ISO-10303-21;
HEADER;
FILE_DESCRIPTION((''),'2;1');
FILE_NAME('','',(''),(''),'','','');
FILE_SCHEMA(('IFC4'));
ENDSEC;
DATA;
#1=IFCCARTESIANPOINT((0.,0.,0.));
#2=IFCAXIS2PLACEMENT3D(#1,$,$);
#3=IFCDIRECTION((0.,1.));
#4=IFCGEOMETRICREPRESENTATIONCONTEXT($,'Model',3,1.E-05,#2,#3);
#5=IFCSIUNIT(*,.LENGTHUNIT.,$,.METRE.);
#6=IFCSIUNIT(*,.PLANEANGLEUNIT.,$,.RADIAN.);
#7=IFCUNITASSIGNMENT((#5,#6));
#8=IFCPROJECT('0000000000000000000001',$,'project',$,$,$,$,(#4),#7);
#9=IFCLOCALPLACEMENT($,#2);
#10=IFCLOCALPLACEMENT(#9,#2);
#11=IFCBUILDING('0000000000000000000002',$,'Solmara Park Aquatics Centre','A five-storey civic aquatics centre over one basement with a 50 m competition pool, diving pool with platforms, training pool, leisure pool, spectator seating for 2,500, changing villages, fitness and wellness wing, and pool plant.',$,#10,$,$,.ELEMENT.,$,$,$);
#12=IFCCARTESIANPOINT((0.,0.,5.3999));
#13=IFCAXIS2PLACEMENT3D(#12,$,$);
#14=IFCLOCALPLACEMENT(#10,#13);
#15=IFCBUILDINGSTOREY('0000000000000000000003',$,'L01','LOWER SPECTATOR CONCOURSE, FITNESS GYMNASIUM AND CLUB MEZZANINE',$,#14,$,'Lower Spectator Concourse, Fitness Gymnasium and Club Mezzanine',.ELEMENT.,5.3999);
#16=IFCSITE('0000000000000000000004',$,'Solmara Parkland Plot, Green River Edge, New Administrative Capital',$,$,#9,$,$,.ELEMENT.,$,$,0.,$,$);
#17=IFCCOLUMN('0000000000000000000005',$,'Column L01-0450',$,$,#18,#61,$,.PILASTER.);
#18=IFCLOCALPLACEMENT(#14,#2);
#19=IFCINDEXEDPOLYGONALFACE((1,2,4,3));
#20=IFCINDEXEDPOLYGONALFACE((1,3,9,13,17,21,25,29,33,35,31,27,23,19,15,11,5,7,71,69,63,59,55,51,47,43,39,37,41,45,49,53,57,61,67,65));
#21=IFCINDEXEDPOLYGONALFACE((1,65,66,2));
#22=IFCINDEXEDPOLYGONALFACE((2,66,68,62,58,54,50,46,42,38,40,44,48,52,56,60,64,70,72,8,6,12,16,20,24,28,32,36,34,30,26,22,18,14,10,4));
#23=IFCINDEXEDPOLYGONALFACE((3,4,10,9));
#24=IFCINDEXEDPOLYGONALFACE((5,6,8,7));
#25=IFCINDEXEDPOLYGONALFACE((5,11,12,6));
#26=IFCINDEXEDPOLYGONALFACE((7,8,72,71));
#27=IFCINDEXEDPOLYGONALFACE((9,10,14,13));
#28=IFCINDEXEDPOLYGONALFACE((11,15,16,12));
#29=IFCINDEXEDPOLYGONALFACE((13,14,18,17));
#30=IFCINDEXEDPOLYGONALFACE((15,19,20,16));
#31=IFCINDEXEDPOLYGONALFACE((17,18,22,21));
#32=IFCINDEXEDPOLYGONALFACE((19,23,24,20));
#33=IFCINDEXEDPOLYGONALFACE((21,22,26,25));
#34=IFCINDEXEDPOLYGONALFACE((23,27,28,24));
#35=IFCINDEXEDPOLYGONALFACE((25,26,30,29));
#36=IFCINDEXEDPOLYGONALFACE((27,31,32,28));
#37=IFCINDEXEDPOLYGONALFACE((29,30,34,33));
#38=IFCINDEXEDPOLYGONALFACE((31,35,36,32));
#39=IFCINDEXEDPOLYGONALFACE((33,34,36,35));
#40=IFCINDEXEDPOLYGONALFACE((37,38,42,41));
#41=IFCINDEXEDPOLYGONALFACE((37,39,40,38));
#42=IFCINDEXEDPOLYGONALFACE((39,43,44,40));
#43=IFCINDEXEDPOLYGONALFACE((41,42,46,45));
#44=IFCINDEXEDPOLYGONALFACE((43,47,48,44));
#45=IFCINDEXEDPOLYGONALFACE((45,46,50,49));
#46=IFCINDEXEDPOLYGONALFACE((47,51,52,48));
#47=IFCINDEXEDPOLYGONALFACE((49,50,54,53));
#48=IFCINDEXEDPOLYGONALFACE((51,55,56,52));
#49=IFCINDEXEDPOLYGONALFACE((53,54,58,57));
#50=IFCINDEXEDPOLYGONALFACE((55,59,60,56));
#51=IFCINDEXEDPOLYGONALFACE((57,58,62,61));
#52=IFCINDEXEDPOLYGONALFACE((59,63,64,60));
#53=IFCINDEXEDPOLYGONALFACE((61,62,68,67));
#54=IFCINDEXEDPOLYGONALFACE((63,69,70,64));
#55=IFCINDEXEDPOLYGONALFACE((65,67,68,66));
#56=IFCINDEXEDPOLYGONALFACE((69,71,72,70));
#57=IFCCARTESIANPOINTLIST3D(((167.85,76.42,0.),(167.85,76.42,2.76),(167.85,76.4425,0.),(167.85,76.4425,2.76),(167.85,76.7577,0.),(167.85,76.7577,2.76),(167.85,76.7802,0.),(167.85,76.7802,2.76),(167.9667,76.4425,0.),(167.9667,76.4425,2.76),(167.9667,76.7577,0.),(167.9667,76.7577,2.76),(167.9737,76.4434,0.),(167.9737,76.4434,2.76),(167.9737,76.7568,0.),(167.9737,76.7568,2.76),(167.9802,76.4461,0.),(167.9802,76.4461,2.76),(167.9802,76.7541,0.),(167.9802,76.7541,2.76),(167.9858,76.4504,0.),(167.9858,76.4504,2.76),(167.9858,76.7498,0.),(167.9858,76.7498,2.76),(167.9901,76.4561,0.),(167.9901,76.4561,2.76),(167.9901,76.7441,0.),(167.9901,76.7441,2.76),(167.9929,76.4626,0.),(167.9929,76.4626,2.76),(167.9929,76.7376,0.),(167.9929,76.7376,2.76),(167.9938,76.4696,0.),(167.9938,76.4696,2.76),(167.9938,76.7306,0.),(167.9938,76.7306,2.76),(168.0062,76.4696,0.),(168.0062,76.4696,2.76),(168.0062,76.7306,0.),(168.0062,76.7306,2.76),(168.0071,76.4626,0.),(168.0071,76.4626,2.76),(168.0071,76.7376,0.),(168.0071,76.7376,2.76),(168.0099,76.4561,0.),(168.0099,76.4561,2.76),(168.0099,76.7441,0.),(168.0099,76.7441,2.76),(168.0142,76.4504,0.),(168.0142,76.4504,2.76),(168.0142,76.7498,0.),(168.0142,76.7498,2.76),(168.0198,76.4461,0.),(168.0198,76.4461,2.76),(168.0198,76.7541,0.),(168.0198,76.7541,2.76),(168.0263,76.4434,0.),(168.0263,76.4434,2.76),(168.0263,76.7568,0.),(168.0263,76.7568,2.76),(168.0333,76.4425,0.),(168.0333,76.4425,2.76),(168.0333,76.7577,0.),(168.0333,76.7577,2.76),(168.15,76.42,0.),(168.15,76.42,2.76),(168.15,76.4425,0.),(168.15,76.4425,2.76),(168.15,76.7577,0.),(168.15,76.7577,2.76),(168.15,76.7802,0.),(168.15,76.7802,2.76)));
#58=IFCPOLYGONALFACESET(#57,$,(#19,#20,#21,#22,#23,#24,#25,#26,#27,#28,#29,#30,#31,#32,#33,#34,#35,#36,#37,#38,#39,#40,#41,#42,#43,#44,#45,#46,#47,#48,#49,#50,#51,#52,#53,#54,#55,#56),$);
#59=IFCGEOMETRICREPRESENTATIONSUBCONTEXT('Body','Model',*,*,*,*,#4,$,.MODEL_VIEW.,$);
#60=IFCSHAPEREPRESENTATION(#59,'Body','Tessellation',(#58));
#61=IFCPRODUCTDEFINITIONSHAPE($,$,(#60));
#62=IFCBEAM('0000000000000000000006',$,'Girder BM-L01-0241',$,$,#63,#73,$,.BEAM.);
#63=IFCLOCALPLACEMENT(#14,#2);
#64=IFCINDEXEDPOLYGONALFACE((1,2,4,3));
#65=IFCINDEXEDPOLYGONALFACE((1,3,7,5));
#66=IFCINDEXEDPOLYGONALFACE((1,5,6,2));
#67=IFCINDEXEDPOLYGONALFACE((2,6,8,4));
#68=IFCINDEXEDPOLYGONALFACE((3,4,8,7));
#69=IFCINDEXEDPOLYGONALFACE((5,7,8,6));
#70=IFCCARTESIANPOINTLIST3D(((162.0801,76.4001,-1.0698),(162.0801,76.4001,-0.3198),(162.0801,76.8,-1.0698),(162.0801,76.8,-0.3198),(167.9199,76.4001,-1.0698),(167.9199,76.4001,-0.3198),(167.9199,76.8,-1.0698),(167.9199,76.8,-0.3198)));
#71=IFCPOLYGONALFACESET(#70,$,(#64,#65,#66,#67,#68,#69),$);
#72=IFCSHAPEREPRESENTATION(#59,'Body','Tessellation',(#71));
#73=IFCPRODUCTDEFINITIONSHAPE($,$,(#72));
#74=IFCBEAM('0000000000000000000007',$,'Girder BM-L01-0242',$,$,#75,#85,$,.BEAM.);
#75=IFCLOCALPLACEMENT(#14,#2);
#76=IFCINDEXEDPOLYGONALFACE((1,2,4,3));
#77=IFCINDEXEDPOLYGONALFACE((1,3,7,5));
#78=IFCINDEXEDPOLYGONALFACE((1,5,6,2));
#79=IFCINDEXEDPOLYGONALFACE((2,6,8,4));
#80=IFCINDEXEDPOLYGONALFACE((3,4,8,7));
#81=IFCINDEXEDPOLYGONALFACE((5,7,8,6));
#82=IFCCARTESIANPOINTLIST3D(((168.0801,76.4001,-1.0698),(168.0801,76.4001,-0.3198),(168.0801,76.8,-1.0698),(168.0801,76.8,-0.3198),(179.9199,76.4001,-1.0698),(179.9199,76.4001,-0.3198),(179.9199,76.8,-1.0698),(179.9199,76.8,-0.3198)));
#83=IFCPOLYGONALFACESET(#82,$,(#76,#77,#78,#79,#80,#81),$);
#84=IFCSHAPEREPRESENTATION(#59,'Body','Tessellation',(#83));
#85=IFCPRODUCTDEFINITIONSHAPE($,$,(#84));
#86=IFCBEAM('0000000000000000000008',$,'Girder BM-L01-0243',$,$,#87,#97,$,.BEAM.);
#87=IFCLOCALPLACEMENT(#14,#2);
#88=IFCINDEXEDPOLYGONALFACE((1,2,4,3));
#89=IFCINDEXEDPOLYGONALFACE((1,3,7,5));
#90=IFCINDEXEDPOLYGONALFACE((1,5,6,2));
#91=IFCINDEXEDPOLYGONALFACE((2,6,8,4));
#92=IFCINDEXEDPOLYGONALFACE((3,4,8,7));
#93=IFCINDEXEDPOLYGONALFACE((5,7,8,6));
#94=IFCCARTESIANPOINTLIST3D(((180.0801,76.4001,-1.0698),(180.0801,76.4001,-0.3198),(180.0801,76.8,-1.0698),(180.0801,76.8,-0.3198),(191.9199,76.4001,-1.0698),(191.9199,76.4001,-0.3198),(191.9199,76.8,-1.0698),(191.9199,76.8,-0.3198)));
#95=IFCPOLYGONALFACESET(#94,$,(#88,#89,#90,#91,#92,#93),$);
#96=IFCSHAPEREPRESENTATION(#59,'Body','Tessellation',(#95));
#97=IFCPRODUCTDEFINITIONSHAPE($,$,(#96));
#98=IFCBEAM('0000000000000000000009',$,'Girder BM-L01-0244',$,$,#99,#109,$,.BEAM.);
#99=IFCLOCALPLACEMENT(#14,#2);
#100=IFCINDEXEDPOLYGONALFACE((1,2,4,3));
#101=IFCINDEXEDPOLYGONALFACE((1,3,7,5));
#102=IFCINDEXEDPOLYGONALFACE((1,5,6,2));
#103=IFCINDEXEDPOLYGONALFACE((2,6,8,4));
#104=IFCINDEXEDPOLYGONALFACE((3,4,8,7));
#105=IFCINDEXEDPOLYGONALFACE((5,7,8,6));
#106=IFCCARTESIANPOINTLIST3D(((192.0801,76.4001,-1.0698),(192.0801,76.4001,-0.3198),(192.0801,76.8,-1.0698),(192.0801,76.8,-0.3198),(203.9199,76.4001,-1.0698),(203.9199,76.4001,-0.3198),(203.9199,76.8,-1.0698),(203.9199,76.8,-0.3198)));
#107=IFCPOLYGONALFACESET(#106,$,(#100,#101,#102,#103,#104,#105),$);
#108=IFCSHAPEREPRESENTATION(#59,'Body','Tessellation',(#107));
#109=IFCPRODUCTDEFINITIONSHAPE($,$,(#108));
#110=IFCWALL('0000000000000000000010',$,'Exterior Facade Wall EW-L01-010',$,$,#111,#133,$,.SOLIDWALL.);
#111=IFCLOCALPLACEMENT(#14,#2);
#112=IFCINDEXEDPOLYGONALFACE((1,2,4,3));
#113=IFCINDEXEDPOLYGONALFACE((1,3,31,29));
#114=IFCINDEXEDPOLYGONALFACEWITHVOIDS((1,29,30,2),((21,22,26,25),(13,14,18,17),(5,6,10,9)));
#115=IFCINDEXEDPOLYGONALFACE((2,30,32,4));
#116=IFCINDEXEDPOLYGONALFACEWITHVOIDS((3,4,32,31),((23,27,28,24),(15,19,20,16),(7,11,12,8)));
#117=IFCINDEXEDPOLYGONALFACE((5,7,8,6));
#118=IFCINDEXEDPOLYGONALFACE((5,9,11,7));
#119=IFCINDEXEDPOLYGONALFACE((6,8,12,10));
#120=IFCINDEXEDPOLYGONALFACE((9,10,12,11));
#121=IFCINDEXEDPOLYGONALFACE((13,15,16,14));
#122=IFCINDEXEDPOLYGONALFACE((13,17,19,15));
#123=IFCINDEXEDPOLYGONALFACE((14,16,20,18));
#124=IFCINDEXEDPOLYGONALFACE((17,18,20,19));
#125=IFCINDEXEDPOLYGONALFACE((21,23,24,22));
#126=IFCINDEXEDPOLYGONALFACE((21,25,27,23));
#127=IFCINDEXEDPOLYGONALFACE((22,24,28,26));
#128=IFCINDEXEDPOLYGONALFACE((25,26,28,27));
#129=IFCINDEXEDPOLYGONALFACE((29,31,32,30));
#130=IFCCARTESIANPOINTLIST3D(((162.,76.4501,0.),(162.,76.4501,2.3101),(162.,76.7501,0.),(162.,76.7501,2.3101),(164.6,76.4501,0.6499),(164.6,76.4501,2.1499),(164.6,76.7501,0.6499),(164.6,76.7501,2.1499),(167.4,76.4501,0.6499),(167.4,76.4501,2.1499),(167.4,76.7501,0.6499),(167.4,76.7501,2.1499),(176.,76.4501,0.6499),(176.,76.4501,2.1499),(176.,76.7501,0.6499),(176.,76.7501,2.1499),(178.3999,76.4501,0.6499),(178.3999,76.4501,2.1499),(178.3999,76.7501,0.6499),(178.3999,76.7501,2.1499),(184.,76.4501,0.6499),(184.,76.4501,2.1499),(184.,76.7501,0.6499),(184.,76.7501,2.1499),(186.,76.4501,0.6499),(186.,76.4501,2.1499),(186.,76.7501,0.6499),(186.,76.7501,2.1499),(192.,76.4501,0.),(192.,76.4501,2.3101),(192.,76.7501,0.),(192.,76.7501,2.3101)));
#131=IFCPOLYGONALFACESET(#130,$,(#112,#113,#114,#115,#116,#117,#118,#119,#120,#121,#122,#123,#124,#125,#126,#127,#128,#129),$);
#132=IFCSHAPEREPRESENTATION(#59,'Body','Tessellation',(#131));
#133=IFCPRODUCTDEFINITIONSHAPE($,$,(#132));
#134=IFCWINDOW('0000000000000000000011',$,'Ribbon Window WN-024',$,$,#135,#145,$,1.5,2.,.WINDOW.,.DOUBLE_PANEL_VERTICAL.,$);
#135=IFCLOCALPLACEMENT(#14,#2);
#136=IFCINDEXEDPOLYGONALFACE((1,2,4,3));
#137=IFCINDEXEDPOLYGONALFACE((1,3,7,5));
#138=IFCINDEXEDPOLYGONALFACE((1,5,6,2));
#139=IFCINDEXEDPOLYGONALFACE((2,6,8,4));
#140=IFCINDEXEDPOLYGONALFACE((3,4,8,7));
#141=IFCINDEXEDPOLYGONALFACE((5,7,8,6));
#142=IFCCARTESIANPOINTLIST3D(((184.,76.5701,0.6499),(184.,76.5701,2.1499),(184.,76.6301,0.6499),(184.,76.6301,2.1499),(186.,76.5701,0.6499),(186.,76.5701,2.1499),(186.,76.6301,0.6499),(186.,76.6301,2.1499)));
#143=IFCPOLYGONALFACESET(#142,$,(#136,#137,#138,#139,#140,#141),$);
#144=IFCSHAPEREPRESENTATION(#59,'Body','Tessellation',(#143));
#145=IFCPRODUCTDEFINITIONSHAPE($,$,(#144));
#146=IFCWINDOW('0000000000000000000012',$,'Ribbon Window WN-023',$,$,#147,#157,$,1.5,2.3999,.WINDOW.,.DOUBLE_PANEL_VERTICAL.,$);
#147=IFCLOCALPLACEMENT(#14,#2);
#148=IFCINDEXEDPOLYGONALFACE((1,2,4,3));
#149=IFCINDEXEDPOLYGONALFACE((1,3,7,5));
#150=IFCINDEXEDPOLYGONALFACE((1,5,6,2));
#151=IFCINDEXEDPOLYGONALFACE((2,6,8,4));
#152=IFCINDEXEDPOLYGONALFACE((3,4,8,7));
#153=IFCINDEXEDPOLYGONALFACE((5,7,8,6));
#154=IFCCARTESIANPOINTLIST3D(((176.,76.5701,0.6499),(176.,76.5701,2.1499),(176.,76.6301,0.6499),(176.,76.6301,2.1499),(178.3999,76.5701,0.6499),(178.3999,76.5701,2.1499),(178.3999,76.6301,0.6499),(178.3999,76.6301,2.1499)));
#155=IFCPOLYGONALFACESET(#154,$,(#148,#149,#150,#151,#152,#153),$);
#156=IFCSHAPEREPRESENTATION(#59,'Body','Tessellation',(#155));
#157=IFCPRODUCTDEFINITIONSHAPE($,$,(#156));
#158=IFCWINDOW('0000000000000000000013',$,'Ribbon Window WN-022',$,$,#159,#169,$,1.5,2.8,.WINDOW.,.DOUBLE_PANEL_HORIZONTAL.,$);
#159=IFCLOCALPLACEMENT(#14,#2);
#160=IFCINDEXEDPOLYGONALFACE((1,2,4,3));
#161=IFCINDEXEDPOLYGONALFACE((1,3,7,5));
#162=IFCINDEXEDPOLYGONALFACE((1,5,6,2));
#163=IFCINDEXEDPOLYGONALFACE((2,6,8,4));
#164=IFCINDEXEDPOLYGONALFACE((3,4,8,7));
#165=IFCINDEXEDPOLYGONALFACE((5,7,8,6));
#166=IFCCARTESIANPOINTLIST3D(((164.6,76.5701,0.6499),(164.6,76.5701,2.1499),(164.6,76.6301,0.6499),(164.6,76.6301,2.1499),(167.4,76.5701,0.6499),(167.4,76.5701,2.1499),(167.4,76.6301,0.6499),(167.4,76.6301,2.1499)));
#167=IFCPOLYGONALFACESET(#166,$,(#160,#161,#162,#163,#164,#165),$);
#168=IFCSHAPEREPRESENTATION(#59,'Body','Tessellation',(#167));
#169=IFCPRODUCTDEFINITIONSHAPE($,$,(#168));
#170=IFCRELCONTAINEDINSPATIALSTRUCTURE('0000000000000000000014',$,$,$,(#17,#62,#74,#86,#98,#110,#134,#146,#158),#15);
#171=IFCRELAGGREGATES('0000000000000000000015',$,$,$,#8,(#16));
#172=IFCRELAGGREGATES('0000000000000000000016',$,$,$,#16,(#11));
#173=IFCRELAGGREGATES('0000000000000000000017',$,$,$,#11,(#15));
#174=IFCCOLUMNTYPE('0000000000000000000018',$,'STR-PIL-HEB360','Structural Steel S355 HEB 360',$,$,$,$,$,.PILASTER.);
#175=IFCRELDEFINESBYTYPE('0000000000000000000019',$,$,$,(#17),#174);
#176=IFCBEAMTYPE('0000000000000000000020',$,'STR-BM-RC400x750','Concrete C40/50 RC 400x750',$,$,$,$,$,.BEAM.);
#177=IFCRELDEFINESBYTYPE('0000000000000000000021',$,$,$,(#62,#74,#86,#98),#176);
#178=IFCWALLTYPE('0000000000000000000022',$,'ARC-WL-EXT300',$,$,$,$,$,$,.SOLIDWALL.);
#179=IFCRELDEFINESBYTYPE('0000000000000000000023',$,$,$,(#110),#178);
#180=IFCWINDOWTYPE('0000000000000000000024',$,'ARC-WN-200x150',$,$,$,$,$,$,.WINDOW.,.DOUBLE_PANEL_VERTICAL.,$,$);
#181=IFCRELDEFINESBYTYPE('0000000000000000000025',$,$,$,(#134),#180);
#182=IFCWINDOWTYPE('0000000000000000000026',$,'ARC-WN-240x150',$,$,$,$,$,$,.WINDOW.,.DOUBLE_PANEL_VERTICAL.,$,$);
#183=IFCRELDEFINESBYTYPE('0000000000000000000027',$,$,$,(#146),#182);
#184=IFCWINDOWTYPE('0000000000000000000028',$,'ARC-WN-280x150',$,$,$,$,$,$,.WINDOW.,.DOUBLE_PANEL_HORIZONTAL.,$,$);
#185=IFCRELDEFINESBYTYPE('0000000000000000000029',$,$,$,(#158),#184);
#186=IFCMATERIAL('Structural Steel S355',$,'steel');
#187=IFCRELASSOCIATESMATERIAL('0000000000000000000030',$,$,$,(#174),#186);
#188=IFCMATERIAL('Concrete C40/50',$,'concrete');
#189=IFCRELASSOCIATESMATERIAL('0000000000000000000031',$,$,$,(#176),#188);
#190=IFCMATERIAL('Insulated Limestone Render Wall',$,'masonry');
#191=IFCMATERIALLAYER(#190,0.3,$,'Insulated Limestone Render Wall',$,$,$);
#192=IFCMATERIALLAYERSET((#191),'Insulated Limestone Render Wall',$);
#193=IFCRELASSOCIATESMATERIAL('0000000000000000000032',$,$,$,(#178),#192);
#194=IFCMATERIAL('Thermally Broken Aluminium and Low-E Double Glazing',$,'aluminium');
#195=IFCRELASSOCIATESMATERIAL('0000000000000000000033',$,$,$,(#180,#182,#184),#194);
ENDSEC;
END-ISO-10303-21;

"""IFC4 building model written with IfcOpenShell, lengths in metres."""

from ifc_helpers import new_model, si_unit, direction, frame, frame_2d, origin, origin_2d, place, context, subcontext, project, spatial, rectangle, i_section, extrude, material, layer, layer_set, material_profile, profile_set, type_object, element, fill, save


model = new_model("IFC4")

# Units and contexts
model_context = context("Model", 3, precision=1e-05, world=origin(), true_north=direction((0.0, 1.0)))
body_context = subcontext(model_context, "Body", "Model", "MODEL_VIEW")
ifc_project = project(units=[si_unit("LENGTHUNIT", "METRE"), si_unit("PLANEANGLEUNIT", "RADIAN")], contexts=[model_context])

# Site, building, storey
site_placement = place(None, origin())
site = spatial("IfcSite", under=ifc_project, at=site_placement, Name="Solmara Parkland Plot, Green River Edge, New Administrative Capital", CompositionType="ELEMENT", RefElevation=0.0)
building_placement = place(site_placement, origin())
building = spatial("IfcBuilding", under=site, at=building_placement, Name="Solmara Park Aquatics Centre", Description="A five-storey civic aquatics centre over one basement with a 50 m competition pool, diving pool with platforms, training pool, leisure pool, spectator seating for 2,500, changing villages, fitness and wellness wing, and pool plant.", CompositionType="ELEMENT")
storey_placement = place(building_placement, frame((0.0, 0.0, 5.3999)))
storey = spatial("IfcBuildingStorey", under=building, at=storey_placement, Name="L01", Description="LOWER SPECTATOR CONCOURSE, FITNESS GYMNASIUM AND CLUB MEZZANINE", LongName="Lower Spectator Concourse, Fitness Gymnasium and Club Mezzanine", CompositionType="ELEMENT", Elevation=5.3999)

# Column
ifc_material_1 = material(Name="Structural Steel S355", Category="steel")
ifc_material_profile_1 = material_profile(ifc_material_1, i_section(OverallWidth=0.3, OverallDepth=0.3601, WebThickness=0.0125, FlangeThickness=0.0225, FilletRadius=0.0271, at=origin_2d()), Name="HEB 360")
ifc_profile_set_1 = profile_set([ifc_material_profile_1], Name="Structural Steel S355")
column_type_1 = type_object("IfcColumnType", Name="STR-PIL-HEB360", Description="Structural Steel S355 HEB 360", PredefinedType="PILASTER", material=ifc_profile_set_1)
column_1_placement = place(storey_placement, frame((168.0, 76.6001, 0.0), z_axis=(0.0, 0.0, 1.0), x_axis=(1.0, 0.0, 0.0)))
element("IfcColumn", 1, at=column_1_placement, inside=storey, type_object=column_type_1, Name="Column L01-0450", PredefinedType="PILASTER", context=body_context, shape_type="SweptSolid", body=[
    extrude(i_section(OverallWidth=0.3, OverallDepth=0.3601, WebThickness=0.0125, FlangeThickness=0.0225, FilletRadius=0.0271, at=origin_2d()), origin(), (0.0, 0.0, 1.0), 2.76),
])

# Beams
ifc_material_2 = material(Name="Concrete C40/50", Category="concrete")
ifc_material_profile_2 = material_profile(ifc_material_2, rectangle(XDim=0.3999, YDim=0.75, at=origin_2d()), Name="RC 400x750")
ifc_profile_set_2 = profile_set([ifc_material_profile_2], Name="Concrete C40/50")
beam_type = type_object("IfcBeamType", Name="STR-BM-RC400x750", Description="Concrete C40/50 RC 400x750", PredefinedType="BEAM", material=ifc_profile_set_2)
beam_placement = place(storey_placement, frame((162.0801, 76.6001, -0.6948), z_axis=(1.0, 0.0, 0.0), x_axis=(0.0, 1.0, 0.0)))
element("IfcBeam", 2, at=beam_placement, inside=storey, type_object=beam_type, Name="Girder BM-L01-0241", PredefinedType="BEAM", context=body_context, shape_type="SweptSolid", body=[
    extrude(rectangle(XDim=0.3999, YDim=0.75, at=origin_2d()), origin(), (0.0, 0.0, 1.0), 5.8398),
])
for number, where, z_axis, x_axis, name in (
    (3, (168.0801, 76.6001, -0.6948), (1.0, 0.0, 0.0), (0.0, 1.0, 0.0), "Girder BM-L01-0242"),
    (4, (180.0801, 76.6001, -0.6948), (1.0, 0.0, 0.0), (0.0, 1.0, 0.0), "Girder BM-L01-0243"),
    (5, (192.0801, 76.6001, -0.6948), (1.0, 0.0, 0.0), (0.0, 1.0, 0.0), "Girder BM-L01-0244"),
):
    element("IfcBeam", number, at=place(storey_placement, frame(where, z_axis=z_axis, x_axis=x_axis)), inside=storey, type_object=beam_type, Name=name, PredefinedType="BEAM", context=body_context, shape_type="SweptSolid", body=[
        extrude(rectangle(XDim=0.3999, YDim=0.75, at=origin_2d()), origin(), (0.0, 0.0, 1.0), 11.8398),
    ])

# Wall, openings, windows
ifc_material_3 = material(Name="Insulated Limestone Render Wall", Category="masonry")
ifc_layer_1 = layer(ifc_material_3, 0.3, Name="Insulated Limestone Render Wall")
ifc_layer_set_1 = layer_set([ifc_layer_1], Name="Insulated Limestone Render Wall")
wall_type_1 = type_object("IfcWallType", Name="ARC-WL-EXT300", PredefinedType="SOLIDWALL", material=ifc_layer_set_1)
wall_1_placement = place(storey_placement, frame((162.0, 76.6001, 0.0), z_axis=(0.0, 0.0, 1.0), x_axis=(1.0, 0.0, 0.0)))
wall_1 = element("IfcWall", 6, at=wall_1_placement, inside=storey, type_object=wall_type_1, Name="Exterior Facade Wall EW-L01-010", PredefinedType="SOLIDWALL", context=body_context, shape_type="SweptSolid", body=[
    extrude(rectangle(XDim=30.0, YDim=0.3, at=frame_2d((15.0, 0.0))), origin(), (0.0, 0.0, 1.0), 2.3101),
])
opening_1_placement = place(wall_1_placement, frame((2.6001, 0.0, 0.6499)))
opening_1 = element("IfcOpeningElement", 7, at=opening_1_placement, cuts=wall_1, PredefinedType="OPENING", context=body_context, shape_type="SweptSolid", body=[
    extrude(rectangle(XDim=2.8, YDim=1.5, at=frame_2d((1.3999, 0.75))), frame((0.0, 0.1599, 0.0), z_axis=(0.0, -1.0, 0.0), x_axis=(1.0, 0.0, 0.0)), (0.0, 0.0, 1.0), 0.3201),
])
opening_2_placement = place(wall_1_placement, frame((14.0, 0.0, 0.6499)))
opening_2 = element("IfcOpeningElement", 8, at=opening_2_placement, cuts=wall_1, PredefinedType="OPENING", context=body_context, shape_type="SweptSolid", body=[
    extrude(rectangle(XDim=2.3999, YDim=1.5, at=frame_2d((1.2, 0.75))), frame((0.0, 0.1599, 0.0), z_axis=(0.0, -1.0, 0.0), x_axis=(1.0, 0.0, 0.0)), (0.0, 0.0, 1.0), 0.3201),
])
opening_3_placement = place(wall_1_placement, frame((22.0, 0.0, 0.6499)))
opening_3 = element("IfcOpeningElement", 9, at=opening_3_placement, cuts=wall_1, PredefinedType="OPENING", context=body_context, shape_type="SweptSolid", body=[
    extrude(rectangle(XDim=2.0, YDim=1.5, at=frame_2d((1.0, 0.75))), frame((0.0, 0.1599, 0.0), z_axis=(0.0, -1.0, 0.0), x_axis=(1.0, 0.0, 0.0)), (0.0, 0.0, 1.0), 0.3201),
])
ifc_material_4 = material(Name="Thermally Broken Aluminium and Low-E Double Glazing", Category="aluminium")
window_type_1 = type_object("IfcWindowType", Name="ARC-WN-200x150", PartitioningType="DOUBLE_PANEL_VERTICAL", PredefinedType="WINDOW", material=ifc_material_4)
window_1_placement = place(opening_3_placement, origin())
window_1 = element("IfcWindow", 10, at=window_1_placement, inside=storey, type_object=window_type_1, Name="Ribbon Window WN-024", OverallHeight=1.5, OverallWidth=2.0, PartitioningType="DOUBLE_PANEL_VERTICAL", PredefinedType="WINDOW", context=body_context, shape_type="SweptSolid", body=[
    extrude(rectangle(XDim=2.0, YDim=1.5, at=frame_2d((1.0, 0.75))), frame((0.0, 0.03, 0.0), z_axis=(0.0, -1.0, 0.0), x_axis=(1.0, 0.0, 0.0)), (0.0, 0.0, 1.0), 0.0601),
])
fill(opening_3, window_1)
window_type_2 = type_object("IfcWindowType", Name="ARC-WN-240x150", PartitioningType="DOUBLE_PANEL_VERTICAL", PredefinedType="WINDOW", material=ifc_material_4)
window_2_placement = place(opening_2_placement, origin())
window_2 = element("IfcWindow", 11, at=window_2_placement, inside=storey, type_object=window_type_2, Name="Ribbon Window WN-023", OverallHeight=1.5, OverallWidth=2.3999, PartitioningType="DOUBLE_PANEL_VERTICAL", PredefinedType="WINDOW", context=body_context, shape_type="SweptSolid", body=[
    extrude(rectangle(XDim=2.3999, YDim=1.5, at=frame_2d((1.2, 0.75))), frame((0.0, 0.03, 0.0), z_axis=(0.0, -1.0, 0.0), x_axis=(1.0, 0.0, 0.0)), (0.0, 0.0, 1.0), 0.0601),
])
fill(opening_2, window_2)
window_type_3 = type_object("IfcWindowType", Name="ARC-WN-280x150", PartitioningType="DOUBLE_PANEL_HORIZONTAL", PredefinedType="WINDOW", material=ifc_material_4)
window_3_placement = place(opening_1_placement, origin())
window_3 = element("IfcWindow", 12, at=window_3_placement, inside=storey, type_object=window_type_3, Name="Ribbon Window WN-022", OverallHeight=1.5, OverallWidth=2.8, PartitioningType="DOUBLE_PANEL_HORIZONTAL", PredefinedType="WINDOW", context=body_context, shape_type="SweptSolid", body=[
    extrude(rectangle(XDim=2.8, YDim=1.5, at=frame_2d((1.3999, 0.75))), frame((0.0, 0.03, 0.0), z_axis=(0.0, -1.0, 0.0), x_axis=(1.0, 0.0, 0.0)), (0.0, 0.0, 1.0), 0.0601),
])
fill(opening_1, window_3)

save(model, "model.ifc")
